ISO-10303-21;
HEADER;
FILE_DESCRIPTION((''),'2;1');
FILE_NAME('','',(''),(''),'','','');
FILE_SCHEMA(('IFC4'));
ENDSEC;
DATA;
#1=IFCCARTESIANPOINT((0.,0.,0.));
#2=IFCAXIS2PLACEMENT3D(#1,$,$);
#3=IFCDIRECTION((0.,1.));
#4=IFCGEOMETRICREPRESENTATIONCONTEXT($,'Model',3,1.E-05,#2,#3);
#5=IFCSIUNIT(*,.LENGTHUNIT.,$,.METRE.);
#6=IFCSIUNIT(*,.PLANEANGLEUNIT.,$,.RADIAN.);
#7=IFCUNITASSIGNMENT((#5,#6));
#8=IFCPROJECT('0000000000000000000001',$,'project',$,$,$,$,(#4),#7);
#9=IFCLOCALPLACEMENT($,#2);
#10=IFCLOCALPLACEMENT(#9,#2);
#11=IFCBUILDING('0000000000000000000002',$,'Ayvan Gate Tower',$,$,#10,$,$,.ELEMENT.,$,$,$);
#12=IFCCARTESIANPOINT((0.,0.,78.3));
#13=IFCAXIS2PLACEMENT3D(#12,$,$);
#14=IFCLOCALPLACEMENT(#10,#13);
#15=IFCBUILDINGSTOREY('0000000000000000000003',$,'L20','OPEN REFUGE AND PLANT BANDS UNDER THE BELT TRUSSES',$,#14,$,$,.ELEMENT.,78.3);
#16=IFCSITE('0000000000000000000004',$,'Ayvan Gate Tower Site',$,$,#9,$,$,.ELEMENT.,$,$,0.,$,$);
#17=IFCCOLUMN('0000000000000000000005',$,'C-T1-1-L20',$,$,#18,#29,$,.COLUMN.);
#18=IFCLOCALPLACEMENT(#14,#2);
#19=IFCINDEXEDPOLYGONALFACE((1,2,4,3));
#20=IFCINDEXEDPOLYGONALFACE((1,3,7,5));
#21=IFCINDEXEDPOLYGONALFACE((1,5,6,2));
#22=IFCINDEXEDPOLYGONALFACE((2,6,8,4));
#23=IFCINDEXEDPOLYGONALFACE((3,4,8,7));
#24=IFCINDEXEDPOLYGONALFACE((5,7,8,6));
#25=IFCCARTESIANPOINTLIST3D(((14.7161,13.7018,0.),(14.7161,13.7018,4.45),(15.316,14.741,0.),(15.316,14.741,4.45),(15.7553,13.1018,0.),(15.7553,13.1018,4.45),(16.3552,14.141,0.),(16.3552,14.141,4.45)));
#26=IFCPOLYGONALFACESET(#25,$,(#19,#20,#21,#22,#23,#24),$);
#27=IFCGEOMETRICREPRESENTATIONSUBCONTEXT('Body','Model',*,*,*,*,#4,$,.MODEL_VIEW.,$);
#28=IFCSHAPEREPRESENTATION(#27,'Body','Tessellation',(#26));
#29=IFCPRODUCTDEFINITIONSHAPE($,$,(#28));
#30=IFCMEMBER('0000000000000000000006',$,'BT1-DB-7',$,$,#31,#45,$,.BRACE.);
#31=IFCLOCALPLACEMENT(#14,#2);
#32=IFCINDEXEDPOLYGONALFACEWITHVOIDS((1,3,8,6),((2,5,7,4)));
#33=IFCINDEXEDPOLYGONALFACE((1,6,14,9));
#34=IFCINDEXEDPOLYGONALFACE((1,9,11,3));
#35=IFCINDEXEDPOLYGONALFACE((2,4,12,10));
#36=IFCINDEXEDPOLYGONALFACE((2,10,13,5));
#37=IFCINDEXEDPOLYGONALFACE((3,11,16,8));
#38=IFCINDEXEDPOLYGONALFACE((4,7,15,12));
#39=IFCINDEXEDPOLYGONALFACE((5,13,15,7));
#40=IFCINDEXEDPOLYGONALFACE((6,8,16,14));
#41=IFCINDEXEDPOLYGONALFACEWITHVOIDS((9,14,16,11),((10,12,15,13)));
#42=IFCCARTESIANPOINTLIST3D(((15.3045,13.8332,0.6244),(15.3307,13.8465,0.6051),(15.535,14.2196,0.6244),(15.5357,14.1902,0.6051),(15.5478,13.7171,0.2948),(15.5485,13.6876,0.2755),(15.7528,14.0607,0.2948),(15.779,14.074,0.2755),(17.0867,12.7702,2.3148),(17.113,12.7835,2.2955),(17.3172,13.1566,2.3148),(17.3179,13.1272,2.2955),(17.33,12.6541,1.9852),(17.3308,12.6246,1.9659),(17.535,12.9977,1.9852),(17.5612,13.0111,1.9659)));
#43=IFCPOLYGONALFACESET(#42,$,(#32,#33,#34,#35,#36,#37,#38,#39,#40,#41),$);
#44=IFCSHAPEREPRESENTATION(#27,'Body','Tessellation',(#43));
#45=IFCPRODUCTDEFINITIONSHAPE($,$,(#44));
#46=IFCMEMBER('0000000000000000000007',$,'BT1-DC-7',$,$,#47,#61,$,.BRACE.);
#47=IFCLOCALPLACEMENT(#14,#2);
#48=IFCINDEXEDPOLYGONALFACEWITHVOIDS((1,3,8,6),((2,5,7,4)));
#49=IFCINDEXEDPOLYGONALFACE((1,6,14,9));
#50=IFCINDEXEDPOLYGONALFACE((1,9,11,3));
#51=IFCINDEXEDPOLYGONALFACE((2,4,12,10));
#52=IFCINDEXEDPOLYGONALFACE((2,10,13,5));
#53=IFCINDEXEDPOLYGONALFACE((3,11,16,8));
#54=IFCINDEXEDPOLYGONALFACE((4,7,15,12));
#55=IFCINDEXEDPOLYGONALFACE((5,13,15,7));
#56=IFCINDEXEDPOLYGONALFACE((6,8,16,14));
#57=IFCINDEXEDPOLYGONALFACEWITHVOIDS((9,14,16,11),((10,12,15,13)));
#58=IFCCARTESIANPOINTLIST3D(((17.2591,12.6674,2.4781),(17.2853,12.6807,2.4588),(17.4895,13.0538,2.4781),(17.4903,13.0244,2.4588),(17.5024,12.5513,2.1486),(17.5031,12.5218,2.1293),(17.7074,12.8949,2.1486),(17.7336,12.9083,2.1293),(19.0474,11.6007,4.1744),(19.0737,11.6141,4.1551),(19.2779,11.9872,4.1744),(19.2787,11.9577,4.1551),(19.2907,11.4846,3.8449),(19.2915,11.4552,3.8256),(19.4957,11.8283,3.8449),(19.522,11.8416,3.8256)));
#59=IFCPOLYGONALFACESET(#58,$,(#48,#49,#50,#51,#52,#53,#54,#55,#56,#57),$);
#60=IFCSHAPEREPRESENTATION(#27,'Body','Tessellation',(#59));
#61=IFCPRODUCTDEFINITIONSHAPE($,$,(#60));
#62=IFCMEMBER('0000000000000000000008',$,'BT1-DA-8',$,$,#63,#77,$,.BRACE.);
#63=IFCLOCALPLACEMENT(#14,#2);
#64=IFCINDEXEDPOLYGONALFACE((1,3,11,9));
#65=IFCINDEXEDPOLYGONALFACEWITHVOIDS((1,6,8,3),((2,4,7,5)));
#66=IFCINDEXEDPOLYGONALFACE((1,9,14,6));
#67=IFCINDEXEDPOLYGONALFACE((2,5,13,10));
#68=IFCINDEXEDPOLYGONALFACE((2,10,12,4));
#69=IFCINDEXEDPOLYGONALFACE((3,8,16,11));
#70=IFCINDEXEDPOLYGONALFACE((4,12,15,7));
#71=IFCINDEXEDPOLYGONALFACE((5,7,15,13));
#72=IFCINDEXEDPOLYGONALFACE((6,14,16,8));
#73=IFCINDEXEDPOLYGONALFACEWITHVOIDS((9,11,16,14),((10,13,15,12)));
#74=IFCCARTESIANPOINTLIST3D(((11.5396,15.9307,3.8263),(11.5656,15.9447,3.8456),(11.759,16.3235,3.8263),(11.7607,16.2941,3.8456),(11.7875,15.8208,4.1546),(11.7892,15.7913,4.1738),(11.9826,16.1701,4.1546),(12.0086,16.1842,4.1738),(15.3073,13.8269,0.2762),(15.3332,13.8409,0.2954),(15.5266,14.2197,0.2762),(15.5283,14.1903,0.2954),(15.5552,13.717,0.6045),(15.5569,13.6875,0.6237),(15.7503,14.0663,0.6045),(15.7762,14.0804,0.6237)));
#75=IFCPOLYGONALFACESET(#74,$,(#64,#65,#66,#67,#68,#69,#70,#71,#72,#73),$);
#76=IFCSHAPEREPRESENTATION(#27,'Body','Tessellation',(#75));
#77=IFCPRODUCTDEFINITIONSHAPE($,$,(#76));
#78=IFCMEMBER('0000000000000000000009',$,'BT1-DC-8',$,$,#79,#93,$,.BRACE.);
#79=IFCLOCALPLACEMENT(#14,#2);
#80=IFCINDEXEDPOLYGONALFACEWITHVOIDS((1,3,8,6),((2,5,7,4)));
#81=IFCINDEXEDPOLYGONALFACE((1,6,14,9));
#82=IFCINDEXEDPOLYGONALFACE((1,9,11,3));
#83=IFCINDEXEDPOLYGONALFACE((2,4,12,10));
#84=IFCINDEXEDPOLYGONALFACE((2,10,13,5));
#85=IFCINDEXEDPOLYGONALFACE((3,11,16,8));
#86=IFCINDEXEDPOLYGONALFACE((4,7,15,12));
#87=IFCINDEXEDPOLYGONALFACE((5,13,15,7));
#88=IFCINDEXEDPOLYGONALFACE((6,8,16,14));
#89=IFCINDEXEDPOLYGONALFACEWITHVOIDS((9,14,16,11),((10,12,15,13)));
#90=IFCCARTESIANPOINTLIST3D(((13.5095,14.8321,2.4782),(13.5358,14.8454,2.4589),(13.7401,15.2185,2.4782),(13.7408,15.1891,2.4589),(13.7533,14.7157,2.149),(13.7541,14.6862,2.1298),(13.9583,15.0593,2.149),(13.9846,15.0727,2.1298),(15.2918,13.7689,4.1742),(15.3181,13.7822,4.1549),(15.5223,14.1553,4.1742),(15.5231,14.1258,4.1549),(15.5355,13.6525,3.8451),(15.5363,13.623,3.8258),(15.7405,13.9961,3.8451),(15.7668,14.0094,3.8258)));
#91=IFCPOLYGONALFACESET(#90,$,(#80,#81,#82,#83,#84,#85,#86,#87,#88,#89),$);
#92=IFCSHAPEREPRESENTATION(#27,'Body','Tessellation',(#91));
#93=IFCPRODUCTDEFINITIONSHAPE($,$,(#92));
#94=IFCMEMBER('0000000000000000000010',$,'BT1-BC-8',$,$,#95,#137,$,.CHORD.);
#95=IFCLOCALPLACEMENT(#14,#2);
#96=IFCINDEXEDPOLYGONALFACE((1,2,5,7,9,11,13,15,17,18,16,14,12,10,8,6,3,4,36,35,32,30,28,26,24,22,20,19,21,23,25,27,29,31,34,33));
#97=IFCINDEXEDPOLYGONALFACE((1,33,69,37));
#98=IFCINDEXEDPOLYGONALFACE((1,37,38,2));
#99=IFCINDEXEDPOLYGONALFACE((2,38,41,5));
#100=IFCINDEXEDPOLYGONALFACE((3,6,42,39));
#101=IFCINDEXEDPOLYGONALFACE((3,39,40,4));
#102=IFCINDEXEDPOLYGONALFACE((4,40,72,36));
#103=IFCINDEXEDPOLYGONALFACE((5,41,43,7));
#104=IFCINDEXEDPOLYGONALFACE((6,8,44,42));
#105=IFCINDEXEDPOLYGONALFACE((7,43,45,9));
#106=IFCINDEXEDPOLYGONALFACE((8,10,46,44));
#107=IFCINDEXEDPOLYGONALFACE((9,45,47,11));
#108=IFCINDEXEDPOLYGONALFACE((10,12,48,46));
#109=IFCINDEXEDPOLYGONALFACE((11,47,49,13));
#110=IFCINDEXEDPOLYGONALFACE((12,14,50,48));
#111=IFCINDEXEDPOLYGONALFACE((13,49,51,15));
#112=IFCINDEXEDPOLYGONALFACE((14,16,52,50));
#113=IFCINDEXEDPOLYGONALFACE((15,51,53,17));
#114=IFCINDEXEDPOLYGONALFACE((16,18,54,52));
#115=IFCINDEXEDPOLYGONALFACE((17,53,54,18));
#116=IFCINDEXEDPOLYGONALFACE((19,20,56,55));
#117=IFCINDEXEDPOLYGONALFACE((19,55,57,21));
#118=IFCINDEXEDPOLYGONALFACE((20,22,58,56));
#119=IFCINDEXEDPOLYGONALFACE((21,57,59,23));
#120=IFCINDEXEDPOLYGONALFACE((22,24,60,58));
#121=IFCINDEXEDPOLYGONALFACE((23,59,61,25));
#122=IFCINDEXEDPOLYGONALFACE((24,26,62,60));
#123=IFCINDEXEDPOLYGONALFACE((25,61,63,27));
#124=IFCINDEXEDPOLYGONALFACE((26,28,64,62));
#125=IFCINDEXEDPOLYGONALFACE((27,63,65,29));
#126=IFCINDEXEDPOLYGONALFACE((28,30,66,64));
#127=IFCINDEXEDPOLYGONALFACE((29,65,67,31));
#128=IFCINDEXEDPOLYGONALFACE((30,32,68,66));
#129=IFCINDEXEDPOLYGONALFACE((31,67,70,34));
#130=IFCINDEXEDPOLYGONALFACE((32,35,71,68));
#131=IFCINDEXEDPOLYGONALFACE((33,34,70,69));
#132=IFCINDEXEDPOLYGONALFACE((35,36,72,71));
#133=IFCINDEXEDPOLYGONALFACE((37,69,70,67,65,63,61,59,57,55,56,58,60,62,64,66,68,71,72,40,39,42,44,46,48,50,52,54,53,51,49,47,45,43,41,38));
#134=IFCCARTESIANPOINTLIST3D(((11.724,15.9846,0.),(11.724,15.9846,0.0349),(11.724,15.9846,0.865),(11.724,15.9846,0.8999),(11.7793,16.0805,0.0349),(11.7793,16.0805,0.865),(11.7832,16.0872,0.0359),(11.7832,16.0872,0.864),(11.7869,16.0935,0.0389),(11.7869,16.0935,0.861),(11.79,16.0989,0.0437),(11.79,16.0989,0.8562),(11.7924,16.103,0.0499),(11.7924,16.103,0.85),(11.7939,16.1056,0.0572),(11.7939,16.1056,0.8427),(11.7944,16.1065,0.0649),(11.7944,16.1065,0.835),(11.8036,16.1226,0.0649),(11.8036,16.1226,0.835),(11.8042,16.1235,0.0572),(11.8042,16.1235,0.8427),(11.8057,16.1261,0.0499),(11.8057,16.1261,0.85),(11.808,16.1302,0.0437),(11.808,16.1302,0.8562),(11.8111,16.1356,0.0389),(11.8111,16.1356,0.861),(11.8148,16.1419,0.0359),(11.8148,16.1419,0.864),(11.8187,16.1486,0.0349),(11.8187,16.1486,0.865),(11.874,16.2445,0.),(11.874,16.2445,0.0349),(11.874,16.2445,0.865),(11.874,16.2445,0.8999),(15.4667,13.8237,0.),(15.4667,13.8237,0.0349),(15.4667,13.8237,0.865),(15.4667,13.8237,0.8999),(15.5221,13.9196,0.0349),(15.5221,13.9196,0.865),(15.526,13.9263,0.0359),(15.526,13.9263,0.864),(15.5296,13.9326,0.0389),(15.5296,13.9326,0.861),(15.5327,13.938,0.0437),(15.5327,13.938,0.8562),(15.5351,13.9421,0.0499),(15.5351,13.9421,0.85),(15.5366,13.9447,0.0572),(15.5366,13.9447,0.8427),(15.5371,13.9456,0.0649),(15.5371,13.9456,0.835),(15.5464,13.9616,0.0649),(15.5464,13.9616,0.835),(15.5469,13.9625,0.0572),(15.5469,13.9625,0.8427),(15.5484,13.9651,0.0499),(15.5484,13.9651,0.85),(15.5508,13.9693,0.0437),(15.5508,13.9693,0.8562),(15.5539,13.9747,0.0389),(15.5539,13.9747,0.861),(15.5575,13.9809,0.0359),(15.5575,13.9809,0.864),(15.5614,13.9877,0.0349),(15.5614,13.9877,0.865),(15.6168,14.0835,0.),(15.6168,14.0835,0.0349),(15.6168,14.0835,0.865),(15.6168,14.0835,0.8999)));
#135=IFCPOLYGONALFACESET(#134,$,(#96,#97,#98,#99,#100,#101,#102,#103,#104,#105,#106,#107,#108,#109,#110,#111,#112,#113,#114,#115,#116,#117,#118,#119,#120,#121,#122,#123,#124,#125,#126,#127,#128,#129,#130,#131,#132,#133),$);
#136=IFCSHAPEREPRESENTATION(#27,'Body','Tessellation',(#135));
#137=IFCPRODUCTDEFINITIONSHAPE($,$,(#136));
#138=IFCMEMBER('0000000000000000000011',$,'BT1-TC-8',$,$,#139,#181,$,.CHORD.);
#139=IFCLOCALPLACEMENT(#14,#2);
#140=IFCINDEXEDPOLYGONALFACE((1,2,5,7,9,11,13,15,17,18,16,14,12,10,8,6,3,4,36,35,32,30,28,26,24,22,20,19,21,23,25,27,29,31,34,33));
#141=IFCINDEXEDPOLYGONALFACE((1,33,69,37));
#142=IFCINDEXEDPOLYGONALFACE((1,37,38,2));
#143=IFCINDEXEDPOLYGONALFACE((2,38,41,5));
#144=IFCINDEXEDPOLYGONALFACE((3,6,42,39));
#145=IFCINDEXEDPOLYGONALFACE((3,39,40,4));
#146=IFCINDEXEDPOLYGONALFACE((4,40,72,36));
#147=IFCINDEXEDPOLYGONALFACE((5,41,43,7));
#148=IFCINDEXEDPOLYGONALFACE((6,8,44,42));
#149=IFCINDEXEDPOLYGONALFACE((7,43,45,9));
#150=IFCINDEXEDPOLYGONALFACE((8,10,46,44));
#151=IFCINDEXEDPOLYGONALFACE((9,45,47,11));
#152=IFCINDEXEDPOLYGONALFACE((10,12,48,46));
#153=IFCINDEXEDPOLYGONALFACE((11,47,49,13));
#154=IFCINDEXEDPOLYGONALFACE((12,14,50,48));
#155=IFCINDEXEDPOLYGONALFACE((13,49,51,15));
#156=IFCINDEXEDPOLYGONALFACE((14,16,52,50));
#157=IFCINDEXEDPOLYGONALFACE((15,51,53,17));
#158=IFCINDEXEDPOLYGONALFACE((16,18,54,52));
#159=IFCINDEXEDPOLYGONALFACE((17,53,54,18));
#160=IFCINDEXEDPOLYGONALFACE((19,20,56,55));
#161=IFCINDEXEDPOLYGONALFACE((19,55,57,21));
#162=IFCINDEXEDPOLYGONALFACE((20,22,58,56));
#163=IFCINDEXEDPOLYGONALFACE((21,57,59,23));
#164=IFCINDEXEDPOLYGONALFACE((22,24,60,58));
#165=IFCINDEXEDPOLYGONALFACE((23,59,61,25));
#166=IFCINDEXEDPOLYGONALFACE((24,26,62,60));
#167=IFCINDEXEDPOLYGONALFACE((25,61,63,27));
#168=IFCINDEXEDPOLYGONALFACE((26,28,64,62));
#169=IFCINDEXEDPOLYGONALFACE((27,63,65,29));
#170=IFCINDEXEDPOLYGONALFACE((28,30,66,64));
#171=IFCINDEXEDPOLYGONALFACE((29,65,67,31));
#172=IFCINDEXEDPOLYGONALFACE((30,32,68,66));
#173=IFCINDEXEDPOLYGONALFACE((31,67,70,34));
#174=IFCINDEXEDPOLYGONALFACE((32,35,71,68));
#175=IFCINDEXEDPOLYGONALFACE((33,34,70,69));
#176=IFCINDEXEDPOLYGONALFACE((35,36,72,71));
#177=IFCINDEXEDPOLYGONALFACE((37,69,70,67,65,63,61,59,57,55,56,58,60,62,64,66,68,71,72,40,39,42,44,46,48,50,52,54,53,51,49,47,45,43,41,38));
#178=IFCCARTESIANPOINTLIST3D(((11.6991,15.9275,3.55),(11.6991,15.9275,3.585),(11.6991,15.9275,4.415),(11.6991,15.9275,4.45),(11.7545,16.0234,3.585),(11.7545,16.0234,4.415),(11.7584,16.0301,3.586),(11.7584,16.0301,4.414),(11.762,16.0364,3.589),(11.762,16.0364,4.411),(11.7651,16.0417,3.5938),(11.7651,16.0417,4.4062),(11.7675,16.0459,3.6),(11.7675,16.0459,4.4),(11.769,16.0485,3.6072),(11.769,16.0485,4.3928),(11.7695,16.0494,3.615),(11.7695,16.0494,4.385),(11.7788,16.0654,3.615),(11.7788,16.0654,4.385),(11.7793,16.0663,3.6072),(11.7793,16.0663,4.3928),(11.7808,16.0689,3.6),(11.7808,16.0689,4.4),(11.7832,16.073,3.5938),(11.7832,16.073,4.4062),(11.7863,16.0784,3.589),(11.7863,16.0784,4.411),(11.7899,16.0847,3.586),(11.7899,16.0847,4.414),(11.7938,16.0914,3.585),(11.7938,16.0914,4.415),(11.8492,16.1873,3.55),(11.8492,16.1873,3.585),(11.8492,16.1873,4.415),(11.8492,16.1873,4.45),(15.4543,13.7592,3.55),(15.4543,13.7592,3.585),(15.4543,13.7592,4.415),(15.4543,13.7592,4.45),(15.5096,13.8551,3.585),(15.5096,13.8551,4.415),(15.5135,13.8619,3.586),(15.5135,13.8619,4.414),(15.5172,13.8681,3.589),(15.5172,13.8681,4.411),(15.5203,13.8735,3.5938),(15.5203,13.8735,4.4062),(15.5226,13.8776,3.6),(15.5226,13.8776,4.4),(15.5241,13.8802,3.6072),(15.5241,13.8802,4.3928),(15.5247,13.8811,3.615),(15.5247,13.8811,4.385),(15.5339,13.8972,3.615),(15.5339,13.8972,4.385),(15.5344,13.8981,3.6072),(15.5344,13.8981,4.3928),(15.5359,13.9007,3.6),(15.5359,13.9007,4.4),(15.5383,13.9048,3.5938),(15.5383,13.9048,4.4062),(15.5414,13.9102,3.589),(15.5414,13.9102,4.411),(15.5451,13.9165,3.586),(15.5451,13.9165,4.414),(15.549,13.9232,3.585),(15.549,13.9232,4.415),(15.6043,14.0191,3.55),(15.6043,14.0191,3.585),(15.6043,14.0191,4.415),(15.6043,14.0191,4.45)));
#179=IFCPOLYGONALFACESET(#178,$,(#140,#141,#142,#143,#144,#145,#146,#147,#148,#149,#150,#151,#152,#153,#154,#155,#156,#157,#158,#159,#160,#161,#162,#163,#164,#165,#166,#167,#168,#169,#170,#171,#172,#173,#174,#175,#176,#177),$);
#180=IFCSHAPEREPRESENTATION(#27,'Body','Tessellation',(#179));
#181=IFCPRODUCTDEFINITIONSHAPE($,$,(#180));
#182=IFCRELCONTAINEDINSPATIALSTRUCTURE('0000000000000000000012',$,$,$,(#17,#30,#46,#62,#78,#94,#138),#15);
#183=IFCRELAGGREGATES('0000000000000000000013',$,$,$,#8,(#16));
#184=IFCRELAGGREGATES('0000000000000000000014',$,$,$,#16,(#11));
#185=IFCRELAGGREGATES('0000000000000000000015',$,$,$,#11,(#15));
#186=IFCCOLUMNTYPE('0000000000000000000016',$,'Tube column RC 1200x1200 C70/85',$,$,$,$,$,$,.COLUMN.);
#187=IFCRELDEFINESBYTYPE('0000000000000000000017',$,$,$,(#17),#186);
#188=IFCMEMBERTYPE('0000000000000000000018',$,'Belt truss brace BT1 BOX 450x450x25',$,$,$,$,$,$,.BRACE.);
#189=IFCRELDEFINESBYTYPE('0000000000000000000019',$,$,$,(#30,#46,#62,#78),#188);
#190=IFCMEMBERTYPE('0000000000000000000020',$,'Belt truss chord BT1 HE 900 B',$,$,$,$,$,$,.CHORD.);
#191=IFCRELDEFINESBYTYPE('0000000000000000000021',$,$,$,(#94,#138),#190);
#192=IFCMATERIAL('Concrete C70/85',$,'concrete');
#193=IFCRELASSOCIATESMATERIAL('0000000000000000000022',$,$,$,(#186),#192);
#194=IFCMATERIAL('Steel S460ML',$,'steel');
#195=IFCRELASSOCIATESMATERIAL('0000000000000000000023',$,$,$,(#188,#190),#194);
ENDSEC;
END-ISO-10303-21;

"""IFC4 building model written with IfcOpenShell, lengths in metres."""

from ifc_helpers import new_model, si_unit, direction, frame, origin, origin_2d, place, context, subcontext, project, spatial, rectangle, hollow_rectangle, i_section, extrude, material, material_profile, profile_set, type_object, element, save


model = new_model("IFC4")

# Units and contexts
model_context = context("Model", 3, precision=1e-05, world=origin(), true_north=direction((0.0, 1.0)))
body_context = subcontext(model_context, "Body", "Model", "MODEL_VIEW")
ifc_project = project(units=[si_unit("LENGTHUNIT", "METRE"), si_unit("PLANEANGLEUNIT", "RADIAN")], contexts=[model_context])

# Site, building, storey
site_placement = place(None, origin())
site = spatial("IfcSite", under=ifc_project, at=site_placement, Name="Ayvan Gate Tower Site", CompositionType="ELEMENT", RefElevation=0.0)
building_placement = place(site_placement, origin())
building = spatial("IfcBuilding", under=site, at=building_placement, Name="Ayvan Gate Tower", CompositionType="ELEMENT")
storey_placement = place(building_placement, frame((0.0, 0.0, 78.3)))
storey = spatial("IfcBuildingStorey", under=building, at=storey_placement, Name="L20", Description="OPEN REFUGE AND PLANT BANDS UNDER THE BELT TRUSSES", CompositionType="ELEMENT", Elevation=78.3)

# Column
ifc_material_1 = material(Name="Concrete C70/85", Category="concrete")
ifc_material_profile_1 = material_profile(ifc_material_1, rectangle(XDim=1.2, YDim=1.2, at=origin_2d()), Name="RC 1200x1200")
ifc_profile_set_1 = profile_set([ifc_material_profile_1], Name="Concrete C70/85")
column_type = type_object("IfcColumnType", Name="Tube column RC 1200x1200 C70/85", PredefinedType="COLUMN", material=ifc_profile_set_1)
column_placement = place(storey_placement, frame((15.5356, 13.9214, 0.0), z_axis=(0.0, 0.0, 1.0), x_axis=(0.5, 0.866025, 0.0)))
element("IfcColumn", 1, at=column_placement, inside=storey, type_object=column_type, Name="C-T1-1-L20", PredefinedType="COLUMN", context=body_context, shape_type="SweptSolid", body=[
    extrude(rectangle(XDim=1.2, YDim=1.2, at=origin_2d()), origin(), (0.0, 0.0, 1.0), 4.45),
])

# Members
ifc_material_2 = material(Name="Steel S460ML", Category="steel")
ifc_material_profile_2 = material_profile(ifc_material_2, hollow_rectangle(XDim=0.45, YDim=0.45, WallThickness=0.0249, at=origin_2d()), Name="BOX 450x450x25")
ifc_profile_set_2 = profile_set([ifc_material_profile_2], Name="Steel S460ML")
member_type_1 = type_object("IfcMemberType", Name="Belt truss brace BT1 BOX 450x450x25", PredefinedType="BRACE", material=ifc_profile_set_2)
member_1_placement = place(storey_placement, frame((15.5417, 13.9536, 0.45), z_axis=(0.665871, -0.397151, 0.631574), x_axis=(0.512245, 0.858839, 0.0)))
element("IfcMember", 2, at=member_1_placement, inside=storey, type_object=member_type_1, Name="BT1-DB-7", PredefinedType="BRACE", context=body_context, shape_type="SweptSolid", body=[
    extrude(hollow_rectangle(XDim=0.45, YDim=0.45, WallThickness=0.0249, at=origin_2d()), origin(), (0.0, 0.0, 1.0), 2.6765),
])
member_2_placement = place(storey_placement, frame((17.4963, 12.7878, 2.3037), z_axis=(0.665858, -0.397151, 0.631588), x_axis=(0.512253, 0.858835, 0.0)))
element("IfcMember", 3, at=member_2_placement, inside=storey, type_object=member_type_1, Name="BT1-DC-7", PredefinedType="BRACE", context=body_context, shape_type="SweptSolid", body=[
    extrude(hollow_rectangle(XDim=0.45, YDim=0.45, WallThickness=0.0249, at=origin_2d()), origin(), (0.0, 0.0, 1.0), 2.6858),
])
member_3_placement = place(storey_placement, frame((15.5417, 13.9536, 0.45), z_axis=(-0.674253, 0.376493, 0.635324), x_axis=(-0.48753, -0.873106, 0.0)))
element("IfcMember", 4, at=member_3_placement, inside=storey, type_object=member_type_1, Name="BT1-DA-8", PredefinedType="BRACE", context=body_context, shape_type="SweptSolid", body=[
    extrude(hollow_rectangle(XDim=0.45, YDim=0.45, WallThickness=0.0249, at=origin_2d()), origin(), (0.0, 0.0, 1.0), 5.5879),
])
member_4_placement = place(storey_placement, frame((13.7471, 14.9524, 2.304), z_axis=(0.664965, -0.396702, 0.63281), x_axis=(0.512332, 0.858788, 0.0)))
element("IfcMember", 5, at=member_4_placement, inside=storey, type_object=member_type_1, Name="BT1-DC-8", PredefinedType="BRACE", context=body_context, shape_type="SweptSolid", body=[
    extrude(hollow_rectangle(XDim=0.45, YDim=0.45, WallThickness=0.0249, at=origin_2d()), origin(), (0.0, 0.0, 1.0), 2.6802),
])
ifc_material_profile_3 = material_profile(ifc_material_2, i_section(OverallWidth=0.3, OverallDepth=0.8999, WebThickness=0.0186, FlangeThickness=0.0349, FilletRadius=0.03, at=origin_2d()), Name="HE 900 B")
ifc_profile_set_3 = profile_set([ifc_material_profile_3], Name="Steel S460ML")
member_type_2 = type_object("IfcMemberType", Name="Belt truss chord BT1 HE 900 B", PredefinedType="CHORD", material=ifc_profile_set_3)
member_5_placement = place(storey_placement, frame((15.5417, 13.9536, 0.45), z_axis=(-0.86602, 0.500009, 0.0), x_axis=(-0.500009, -0.86602, 0.0)))
element("IfcMember", 6, at=member_5_placement, inside=storey, type_object=member_type_2, Name="BT1-BC-8", PredefinedType="CHORD", context=body_context, shape_type="SweptSolid", body=[
    extrude(i_section(OverallWidth=0.3, OverallDepth=0.8999, WebThickness=0.0186, FlangeThickness=0.0349, FilletRadius=0.03, at=origin_2d()), origin(), (0.0, 0.0, 1.0), 4.3218),
])
member_6_placement = place(storey_placement, frame((15.5293, 13.8892, 4.0), z_axis=(-0.866006, 0.500033, 0.0), x_axis=(-0.500033, -0.866006, 0.0)))
element("IfcMember", 7, at=member_6_placement, inside=storey, type_object=member_type_2, Name="BT1-TC-8", PredefinedType="CHORD", context=body_context, shape_type="SweptSolid", body=[
    extrude(i_section(OverallWidth=0.3, OverallDepth=0.8999, WebThickness=0.0186, FlangeThickness=0.0349, FilletRadius=0.03, at=origin_2d()), origin(), (0.0, 0.0, 1.0), 4.3362),
])

save(model, "model.ifc")
